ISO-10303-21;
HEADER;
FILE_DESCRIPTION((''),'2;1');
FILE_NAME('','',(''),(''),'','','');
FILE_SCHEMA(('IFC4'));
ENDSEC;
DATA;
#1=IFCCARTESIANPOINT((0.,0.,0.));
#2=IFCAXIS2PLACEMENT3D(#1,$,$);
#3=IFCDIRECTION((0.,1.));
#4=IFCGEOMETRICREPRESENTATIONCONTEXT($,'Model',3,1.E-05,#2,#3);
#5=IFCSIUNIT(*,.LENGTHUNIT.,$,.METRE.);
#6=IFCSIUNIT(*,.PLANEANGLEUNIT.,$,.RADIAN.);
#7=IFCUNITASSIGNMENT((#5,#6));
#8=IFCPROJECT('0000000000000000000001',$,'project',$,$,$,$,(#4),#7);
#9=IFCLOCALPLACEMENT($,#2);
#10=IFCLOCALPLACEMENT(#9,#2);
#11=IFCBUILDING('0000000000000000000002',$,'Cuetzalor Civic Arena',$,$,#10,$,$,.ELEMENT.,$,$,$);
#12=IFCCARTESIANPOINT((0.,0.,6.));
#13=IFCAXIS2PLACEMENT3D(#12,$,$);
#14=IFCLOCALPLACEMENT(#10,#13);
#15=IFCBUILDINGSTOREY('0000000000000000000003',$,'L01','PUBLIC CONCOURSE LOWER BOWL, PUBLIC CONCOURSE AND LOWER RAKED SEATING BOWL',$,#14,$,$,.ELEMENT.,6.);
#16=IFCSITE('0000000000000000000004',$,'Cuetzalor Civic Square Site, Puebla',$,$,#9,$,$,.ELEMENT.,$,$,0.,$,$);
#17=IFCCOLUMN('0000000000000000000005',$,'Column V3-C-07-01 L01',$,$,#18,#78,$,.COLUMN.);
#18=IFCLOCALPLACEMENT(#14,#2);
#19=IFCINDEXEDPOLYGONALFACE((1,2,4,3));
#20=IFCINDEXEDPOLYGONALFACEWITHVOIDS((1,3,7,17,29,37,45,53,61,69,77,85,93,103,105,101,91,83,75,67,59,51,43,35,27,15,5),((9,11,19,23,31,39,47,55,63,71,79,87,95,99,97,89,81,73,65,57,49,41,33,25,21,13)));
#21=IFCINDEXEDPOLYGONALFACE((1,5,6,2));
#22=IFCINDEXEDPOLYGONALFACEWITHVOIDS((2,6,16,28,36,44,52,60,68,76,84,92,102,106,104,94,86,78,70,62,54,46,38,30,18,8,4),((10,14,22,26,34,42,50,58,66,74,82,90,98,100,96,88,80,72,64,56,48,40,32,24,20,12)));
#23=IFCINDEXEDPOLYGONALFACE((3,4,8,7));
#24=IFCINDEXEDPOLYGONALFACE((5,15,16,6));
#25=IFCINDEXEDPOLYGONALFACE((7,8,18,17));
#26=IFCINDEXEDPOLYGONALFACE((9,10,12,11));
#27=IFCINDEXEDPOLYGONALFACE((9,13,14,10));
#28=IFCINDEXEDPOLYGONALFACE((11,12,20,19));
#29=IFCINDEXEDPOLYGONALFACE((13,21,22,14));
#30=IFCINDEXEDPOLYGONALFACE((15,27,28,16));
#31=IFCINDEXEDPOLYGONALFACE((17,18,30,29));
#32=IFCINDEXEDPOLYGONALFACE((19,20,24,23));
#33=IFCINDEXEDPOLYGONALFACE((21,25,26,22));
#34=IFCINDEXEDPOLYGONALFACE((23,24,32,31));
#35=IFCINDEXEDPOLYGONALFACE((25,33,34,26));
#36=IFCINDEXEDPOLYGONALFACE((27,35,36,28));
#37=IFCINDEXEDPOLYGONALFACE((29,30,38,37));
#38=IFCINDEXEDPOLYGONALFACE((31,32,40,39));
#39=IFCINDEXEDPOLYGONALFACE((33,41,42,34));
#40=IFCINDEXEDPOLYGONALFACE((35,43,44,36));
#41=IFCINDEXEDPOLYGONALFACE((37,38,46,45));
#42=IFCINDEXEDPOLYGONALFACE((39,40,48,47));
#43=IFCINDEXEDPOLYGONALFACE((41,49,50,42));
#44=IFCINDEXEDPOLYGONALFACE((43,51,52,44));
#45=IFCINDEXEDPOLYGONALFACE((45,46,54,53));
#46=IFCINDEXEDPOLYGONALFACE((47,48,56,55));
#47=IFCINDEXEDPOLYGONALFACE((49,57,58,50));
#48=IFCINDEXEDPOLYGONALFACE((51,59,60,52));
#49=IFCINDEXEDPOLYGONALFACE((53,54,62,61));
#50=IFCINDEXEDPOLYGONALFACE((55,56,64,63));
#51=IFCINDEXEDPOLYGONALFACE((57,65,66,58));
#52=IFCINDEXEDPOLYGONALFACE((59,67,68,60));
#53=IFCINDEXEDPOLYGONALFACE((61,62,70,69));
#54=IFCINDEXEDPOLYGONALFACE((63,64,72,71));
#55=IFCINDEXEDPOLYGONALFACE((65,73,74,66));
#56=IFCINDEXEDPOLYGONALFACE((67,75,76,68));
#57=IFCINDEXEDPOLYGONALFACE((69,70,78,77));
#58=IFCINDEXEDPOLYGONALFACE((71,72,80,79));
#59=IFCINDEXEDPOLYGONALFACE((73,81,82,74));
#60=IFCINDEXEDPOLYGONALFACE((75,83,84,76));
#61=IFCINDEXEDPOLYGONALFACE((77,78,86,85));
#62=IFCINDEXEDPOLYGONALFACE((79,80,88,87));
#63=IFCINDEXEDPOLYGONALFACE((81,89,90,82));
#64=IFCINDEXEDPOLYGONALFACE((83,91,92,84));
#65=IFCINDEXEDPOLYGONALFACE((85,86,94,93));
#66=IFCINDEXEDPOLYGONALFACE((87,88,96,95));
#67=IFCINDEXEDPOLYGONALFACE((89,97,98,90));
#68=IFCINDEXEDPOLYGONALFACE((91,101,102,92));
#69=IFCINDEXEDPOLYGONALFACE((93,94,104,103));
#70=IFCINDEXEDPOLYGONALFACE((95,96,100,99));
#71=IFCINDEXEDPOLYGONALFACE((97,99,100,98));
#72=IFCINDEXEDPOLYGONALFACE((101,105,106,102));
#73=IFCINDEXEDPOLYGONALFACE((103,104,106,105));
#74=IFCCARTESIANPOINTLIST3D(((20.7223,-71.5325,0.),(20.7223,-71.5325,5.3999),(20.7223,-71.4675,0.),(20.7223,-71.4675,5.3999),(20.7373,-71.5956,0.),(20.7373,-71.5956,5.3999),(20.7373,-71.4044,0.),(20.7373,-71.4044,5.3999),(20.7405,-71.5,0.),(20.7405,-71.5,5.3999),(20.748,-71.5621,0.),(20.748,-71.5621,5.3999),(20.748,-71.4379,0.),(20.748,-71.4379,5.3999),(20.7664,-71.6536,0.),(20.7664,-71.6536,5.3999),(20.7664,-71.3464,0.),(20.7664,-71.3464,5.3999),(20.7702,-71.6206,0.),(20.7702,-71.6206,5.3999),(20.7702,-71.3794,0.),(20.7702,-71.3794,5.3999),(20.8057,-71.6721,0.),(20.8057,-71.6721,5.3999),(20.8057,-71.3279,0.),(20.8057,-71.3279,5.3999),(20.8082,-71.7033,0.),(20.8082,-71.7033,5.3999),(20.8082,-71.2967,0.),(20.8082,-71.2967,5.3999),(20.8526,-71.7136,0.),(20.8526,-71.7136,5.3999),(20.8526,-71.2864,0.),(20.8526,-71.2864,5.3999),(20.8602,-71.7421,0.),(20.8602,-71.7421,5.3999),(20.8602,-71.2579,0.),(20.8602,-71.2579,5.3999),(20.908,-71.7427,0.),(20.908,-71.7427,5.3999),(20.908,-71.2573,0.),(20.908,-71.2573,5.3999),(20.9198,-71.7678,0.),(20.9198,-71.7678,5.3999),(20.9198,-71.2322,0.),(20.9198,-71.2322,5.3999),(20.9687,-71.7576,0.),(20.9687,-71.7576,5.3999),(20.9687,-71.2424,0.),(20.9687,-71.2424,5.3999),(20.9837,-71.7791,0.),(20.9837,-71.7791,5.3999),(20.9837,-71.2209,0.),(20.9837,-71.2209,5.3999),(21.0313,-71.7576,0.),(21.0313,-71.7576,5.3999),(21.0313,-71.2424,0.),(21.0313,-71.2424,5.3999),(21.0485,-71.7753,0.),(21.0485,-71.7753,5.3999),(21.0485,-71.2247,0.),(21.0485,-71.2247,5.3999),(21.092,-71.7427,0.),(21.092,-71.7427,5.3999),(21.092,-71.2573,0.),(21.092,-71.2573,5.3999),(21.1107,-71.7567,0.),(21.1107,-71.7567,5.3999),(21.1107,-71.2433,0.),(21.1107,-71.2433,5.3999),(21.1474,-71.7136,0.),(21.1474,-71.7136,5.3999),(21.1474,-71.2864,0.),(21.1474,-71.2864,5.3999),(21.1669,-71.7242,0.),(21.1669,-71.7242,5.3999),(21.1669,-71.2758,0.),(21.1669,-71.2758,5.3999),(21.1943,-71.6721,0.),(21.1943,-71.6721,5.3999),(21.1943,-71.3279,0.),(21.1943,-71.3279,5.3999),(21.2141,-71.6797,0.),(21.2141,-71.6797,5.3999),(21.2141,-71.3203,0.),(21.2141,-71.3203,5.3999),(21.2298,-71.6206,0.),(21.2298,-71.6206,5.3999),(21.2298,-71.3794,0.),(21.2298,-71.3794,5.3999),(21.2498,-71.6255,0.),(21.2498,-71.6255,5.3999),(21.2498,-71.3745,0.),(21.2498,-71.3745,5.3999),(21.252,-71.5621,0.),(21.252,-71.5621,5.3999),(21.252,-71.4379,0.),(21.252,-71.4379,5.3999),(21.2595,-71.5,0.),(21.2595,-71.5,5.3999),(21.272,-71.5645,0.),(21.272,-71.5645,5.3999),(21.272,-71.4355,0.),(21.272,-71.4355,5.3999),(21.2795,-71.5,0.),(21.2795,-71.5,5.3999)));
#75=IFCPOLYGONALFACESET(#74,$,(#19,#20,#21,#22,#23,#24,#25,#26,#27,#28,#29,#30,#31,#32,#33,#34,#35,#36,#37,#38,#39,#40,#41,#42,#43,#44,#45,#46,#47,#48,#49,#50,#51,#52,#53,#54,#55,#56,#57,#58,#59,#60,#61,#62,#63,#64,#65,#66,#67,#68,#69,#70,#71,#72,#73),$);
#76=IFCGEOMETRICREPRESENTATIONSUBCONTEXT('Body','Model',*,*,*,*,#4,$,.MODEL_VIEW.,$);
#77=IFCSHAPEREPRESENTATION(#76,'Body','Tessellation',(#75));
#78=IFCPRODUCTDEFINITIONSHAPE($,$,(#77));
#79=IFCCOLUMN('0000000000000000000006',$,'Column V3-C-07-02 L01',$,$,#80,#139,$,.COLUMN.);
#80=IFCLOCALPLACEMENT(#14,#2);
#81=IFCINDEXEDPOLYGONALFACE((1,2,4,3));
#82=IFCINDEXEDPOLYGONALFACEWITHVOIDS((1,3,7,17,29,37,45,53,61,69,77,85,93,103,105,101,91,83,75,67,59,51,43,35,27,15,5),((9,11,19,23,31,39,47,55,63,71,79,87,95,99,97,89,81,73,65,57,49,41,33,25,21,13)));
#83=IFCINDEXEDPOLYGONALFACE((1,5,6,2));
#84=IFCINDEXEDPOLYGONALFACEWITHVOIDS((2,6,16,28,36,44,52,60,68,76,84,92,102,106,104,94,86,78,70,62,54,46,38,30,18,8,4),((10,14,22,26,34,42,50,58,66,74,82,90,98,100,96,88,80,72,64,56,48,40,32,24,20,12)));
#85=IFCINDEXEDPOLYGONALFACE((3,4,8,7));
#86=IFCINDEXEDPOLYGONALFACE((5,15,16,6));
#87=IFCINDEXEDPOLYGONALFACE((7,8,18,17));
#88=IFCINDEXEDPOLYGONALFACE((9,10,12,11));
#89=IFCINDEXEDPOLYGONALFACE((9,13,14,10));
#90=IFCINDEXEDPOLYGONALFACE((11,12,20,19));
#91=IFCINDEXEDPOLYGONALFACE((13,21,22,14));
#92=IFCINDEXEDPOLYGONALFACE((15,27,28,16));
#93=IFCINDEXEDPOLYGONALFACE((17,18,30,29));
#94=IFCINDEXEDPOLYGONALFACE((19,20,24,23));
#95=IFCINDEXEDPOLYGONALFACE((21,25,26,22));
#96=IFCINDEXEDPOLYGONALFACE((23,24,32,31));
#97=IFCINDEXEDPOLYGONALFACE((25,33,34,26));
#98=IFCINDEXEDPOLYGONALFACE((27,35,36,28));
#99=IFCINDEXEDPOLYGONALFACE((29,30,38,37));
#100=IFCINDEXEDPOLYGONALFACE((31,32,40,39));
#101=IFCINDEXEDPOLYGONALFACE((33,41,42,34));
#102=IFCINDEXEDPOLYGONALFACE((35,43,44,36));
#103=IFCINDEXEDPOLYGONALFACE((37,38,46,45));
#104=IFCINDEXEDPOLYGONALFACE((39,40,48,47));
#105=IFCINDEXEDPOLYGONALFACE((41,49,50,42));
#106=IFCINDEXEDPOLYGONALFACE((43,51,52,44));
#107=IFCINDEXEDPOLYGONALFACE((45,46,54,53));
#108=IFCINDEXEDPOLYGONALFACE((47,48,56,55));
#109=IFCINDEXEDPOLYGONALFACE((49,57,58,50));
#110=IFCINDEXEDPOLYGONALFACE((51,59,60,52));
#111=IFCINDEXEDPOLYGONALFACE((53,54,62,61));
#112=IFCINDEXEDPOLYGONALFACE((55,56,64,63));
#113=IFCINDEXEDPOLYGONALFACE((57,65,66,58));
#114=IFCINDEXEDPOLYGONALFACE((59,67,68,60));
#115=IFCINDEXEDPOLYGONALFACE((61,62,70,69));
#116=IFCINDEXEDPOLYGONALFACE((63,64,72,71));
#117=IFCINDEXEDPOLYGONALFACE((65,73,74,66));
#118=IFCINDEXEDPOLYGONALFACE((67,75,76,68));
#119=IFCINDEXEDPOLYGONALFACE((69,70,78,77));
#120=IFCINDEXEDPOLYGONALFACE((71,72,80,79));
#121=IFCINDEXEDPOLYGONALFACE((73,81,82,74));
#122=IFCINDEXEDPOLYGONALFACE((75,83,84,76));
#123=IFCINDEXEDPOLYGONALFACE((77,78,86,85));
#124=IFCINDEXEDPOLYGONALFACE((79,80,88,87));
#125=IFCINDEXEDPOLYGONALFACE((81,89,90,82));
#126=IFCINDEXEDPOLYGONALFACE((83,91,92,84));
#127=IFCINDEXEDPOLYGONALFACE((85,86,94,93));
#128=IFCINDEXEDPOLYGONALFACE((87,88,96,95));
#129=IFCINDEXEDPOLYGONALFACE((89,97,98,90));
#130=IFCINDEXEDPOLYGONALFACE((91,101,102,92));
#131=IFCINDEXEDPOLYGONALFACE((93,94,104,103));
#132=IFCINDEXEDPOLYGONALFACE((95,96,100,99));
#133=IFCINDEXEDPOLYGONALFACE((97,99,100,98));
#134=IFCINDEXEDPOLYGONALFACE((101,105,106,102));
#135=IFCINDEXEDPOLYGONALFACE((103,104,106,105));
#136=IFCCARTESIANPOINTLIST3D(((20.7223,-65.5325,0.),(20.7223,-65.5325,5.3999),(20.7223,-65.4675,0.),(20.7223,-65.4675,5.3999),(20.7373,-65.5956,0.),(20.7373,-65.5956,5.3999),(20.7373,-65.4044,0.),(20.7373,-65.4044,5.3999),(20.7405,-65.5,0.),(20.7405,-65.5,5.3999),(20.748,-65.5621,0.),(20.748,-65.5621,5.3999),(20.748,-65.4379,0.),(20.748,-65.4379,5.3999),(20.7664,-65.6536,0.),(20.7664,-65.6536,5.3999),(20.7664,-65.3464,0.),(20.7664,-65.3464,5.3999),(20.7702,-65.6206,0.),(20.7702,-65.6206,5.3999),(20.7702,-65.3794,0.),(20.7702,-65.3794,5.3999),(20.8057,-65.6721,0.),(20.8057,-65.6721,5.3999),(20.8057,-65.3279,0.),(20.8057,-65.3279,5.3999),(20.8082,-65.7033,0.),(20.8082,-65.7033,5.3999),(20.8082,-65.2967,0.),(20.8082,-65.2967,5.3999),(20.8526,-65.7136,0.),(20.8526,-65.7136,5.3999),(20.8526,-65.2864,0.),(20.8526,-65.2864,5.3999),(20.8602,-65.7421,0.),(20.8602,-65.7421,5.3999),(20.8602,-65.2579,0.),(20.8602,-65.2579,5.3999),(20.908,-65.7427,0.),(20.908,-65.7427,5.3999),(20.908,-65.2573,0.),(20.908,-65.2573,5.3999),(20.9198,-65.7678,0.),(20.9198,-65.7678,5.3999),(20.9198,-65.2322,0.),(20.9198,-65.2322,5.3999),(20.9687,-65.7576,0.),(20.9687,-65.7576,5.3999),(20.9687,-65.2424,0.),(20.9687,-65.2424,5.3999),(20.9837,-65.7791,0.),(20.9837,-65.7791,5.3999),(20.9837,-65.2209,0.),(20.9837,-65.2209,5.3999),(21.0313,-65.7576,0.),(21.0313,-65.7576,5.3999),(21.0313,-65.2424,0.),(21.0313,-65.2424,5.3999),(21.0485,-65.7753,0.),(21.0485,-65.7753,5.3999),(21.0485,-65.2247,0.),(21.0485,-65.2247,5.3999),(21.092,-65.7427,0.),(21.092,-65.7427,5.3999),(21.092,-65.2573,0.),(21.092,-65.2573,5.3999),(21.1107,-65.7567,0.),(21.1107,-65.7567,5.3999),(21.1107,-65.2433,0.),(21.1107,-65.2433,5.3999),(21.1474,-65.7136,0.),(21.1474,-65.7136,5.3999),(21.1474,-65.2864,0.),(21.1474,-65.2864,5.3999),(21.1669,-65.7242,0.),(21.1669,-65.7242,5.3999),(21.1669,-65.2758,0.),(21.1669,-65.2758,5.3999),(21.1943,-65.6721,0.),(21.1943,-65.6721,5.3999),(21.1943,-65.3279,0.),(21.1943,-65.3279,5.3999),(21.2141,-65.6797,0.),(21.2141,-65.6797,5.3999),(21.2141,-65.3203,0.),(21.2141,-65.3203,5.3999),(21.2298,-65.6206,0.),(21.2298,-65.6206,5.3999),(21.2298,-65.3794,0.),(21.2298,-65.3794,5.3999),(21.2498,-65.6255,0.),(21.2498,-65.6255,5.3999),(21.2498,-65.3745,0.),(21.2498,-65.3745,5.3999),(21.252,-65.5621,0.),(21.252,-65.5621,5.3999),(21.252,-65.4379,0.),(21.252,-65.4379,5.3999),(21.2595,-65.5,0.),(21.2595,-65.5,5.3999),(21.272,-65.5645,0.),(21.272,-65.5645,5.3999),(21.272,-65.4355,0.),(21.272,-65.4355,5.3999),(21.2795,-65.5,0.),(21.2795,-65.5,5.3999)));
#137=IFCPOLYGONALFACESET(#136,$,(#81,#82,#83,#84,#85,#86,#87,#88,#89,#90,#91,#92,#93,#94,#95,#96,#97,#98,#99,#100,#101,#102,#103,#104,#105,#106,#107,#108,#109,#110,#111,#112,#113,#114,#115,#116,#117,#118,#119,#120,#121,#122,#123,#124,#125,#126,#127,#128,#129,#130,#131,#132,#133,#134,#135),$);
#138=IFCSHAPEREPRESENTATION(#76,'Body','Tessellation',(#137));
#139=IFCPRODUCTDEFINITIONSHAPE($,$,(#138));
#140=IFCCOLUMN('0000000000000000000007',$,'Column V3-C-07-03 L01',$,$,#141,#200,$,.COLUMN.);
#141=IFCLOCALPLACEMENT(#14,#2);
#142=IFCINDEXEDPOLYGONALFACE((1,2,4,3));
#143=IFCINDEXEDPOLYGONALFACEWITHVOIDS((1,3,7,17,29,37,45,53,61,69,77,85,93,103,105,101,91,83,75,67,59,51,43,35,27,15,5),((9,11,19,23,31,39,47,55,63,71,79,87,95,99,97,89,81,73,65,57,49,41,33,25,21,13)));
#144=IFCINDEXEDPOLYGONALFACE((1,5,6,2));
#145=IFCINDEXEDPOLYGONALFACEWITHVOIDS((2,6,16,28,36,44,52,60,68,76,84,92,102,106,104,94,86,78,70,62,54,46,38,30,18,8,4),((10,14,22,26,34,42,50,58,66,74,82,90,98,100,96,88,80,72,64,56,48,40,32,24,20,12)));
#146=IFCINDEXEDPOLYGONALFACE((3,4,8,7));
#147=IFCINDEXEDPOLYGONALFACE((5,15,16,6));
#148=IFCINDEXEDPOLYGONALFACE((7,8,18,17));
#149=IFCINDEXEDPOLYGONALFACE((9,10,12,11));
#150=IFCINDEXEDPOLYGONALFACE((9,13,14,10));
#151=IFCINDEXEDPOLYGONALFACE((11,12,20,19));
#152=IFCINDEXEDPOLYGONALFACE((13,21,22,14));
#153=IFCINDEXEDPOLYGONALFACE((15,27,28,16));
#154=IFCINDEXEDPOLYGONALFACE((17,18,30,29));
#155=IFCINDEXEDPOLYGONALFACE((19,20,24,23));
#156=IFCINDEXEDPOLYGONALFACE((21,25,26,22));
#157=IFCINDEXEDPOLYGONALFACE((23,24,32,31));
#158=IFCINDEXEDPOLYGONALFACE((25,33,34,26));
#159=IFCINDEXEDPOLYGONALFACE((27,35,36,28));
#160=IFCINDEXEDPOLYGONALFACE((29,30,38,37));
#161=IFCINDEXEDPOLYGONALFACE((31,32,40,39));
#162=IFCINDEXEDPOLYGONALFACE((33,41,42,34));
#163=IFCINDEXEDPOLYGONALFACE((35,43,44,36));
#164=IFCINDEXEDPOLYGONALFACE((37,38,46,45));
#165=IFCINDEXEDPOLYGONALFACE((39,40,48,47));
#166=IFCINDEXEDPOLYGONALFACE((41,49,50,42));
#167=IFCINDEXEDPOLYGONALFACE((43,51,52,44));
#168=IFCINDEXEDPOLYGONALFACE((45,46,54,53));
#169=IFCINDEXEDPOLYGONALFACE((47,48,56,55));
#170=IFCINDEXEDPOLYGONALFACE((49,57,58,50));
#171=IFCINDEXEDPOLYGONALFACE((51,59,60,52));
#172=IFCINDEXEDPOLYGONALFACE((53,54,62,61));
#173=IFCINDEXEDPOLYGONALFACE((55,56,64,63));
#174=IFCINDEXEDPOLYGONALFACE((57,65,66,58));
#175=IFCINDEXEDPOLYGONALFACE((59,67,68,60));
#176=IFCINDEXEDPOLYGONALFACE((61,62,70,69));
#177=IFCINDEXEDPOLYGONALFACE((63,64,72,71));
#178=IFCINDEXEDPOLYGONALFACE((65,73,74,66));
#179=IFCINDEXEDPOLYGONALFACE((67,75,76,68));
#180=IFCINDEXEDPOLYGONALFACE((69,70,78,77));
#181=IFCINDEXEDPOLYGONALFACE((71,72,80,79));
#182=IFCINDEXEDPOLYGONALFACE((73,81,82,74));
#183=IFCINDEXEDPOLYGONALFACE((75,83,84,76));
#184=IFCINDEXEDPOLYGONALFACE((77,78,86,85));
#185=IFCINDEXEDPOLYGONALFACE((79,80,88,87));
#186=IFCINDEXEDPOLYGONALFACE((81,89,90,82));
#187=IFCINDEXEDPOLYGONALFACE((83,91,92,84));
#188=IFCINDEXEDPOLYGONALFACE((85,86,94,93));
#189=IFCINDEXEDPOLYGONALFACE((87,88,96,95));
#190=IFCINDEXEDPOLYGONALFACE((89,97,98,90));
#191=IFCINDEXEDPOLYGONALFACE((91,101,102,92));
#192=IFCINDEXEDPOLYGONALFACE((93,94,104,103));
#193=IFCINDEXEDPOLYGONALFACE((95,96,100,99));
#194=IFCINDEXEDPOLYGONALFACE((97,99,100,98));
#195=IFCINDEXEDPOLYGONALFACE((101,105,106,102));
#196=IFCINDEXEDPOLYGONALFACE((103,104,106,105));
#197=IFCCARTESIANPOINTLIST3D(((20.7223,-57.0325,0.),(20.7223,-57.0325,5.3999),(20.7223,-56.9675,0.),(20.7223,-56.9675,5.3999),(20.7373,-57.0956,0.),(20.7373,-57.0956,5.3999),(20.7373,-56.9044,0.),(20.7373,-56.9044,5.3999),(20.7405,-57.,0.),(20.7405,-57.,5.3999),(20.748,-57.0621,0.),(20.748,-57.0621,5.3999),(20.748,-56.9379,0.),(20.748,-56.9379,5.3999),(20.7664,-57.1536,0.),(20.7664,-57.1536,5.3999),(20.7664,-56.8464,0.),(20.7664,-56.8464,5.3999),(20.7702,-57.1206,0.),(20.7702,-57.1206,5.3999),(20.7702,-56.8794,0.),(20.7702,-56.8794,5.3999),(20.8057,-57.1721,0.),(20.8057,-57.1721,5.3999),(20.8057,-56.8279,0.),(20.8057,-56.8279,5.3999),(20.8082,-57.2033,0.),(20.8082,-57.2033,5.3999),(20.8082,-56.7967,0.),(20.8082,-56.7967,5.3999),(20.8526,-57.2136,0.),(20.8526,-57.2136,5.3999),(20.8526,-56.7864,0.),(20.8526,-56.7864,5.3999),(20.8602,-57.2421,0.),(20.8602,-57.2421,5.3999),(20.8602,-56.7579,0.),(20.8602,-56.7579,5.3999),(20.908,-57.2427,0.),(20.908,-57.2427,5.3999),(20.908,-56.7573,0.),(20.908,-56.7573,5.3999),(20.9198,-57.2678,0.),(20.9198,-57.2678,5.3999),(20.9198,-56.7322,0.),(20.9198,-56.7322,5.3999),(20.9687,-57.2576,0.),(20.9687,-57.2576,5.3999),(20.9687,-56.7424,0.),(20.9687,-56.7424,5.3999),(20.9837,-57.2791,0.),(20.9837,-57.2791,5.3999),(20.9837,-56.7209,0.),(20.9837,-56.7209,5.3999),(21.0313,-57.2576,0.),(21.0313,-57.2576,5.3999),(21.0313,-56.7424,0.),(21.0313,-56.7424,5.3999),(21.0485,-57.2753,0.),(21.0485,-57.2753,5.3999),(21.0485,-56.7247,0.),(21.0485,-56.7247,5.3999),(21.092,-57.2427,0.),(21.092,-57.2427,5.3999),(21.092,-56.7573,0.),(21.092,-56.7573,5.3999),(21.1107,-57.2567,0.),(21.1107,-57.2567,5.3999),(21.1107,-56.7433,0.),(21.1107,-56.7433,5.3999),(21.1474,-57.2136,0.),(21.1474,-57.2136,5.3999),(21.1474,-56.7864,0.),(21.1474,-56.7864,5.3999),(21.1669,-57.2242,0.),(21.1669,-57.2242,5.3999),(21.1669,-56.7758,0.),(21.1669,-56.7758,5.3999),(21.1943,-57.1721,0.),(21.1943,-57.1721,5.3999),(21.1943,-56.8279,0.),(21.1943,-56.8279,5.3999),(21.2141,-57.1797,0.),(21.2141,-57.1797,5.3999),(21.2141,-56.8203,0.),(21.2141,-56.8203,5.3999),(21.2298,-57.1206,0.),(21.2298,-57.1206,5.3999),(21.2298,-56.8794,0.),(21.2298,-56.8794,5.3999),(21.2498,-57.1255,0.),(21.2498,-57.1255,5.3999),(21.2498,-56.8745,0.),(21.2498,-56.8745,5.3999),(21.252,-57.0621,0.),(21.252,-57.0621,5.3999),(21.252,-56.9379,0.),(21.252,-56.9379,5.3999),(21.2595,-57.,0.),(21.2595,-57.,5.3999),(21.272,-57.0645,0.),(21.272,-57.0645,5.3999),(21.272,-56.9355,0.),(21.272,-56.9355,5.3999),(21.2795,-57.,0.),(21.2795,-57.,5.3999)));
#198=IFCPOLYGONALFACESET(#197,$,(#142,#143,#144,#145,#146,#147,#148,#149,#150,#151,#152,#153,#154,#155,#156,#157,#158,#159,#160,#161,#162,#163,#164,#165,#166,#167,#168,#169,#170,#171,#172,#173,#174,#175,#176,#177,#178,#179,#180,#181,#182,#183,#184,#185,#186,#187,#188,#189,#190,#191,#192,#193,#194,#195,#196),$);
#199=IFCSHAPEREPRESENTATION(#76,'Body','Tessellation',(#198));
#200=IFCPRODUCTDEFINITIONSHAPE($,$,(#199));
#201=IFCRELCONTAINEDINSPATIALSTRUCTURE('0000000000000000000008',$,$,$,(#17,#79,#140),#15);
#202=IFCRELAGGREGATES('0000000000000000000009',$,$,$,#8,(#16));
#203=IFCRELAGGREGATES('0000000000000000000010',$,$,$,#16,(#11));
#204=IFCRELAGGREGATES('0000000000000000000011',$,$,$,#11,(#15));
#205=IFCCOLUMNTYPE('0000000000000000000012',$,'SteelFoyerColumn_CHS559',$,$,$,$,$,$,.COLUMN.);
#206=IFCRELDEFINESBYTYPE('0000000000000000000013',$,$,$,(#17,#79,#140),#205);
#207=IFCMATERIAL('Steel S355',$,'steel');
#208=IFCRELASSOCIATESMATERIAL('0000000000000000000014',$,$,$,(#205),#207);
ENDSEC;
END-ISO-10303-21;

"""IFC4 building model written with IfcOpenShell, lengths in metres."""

from ifc_helpers import new_model, si_unit, direction, frame, origin, origin_2d, place, context, subcontext, project, spatial, hollow_circle, extrude, material, material_profile, profile_set, type_object, element, save


model = new_model("IFC4")

# Units and contexts
model_context = context("Model", 3, precision=1e-05, world=origin(), true_north=direction((0.0, 1.0)))
body_context = subcontext(model_context, "Body", "Model", "MODEL_VIEW")
ifc_project = project(units=[si_unit("LENGTHUNIT", "METRE"), si_unit("PLANEANGLEUNIT", "RADIAN")], contexts=[model_context])

# Site, building, storey
site_placement = place(None, origin())
site = spatial("IfcSite", under=ifc_project, at=site_placement, Name="Cuetzalor Civic Square Site, Puebla", CompositionType="ELEMENT", RefElevation=0.0)
building_placement = place(site_placement, origin())
building = spatial("IfcBuilding", under=site, at=building_placement, Name="Cuetzalor Civic Arena", CompositionType="ELEMENT")
storey_placement = place(building_placement, frame((0.0, 0.0, 6.0)))
storey = spatial("IfcBuildingStorey", under=building, at=storey_placement, Name="L01", Description="PUBLIC CONCOURSE LOWER BOWL, PUBLIC CONCOURSE AND LOWER RAKED SEATING BOWL", CompositionType="ELEMENT", Elevation=6.0)

# Columns
ifc_material_1 = material(Name="Steel S355", Category="steel")
ifc_material_profile_1 = material_profile(ifc_material_1, hollow_circle(Radius=0.2795, WallThickness=0.02, at=origin_2d()), Name="CHS 559x20")
ifc_profile_set_1 = profile_set([ifc_material_profile_1], Name="Steel S355")
column_type = type_object("IfcColumnType", Name="SteelFoyerColumn_CHS559", PredefinedType="COLUMN", material=ifc_profile_set_1)
for number, where, z_axis, x_axis, name in (
    (1, (21.0, -71.5, 0.0), (0.0, 0.0, 1.0), (1.0, 0.0, 0.0), "Column V3-C-07-01 L01"),
    (2, (21.0, -65.5, 0.0), (0.0, 0.0, 1.0), (1.0, 0.0, 0.0), "Column V3-C-07-02 L01"),
    (3, (21.0, -57.0, 0.0), (0.0, 0.0, 1.0), (1.0, 0.0, 0.0), "Column V3-C-07-03 L01"),
):
    element("IfcColumn", number, at=place(storey_placement, frame(where, z_axis=z_axis, x_axis=x_axis)), inside=storey, type_object=column_type, Name=name, PredefinedType="COLUMN", context=body_context, shape_type="SweptSolid", body=[
        extrude(hollow_circle(Radius=0.2795, WallThickness=0.02, at=origin_2d()), origin(), (0.0, 0.0, 1.0), 5.3999),
    ])

save(model, "model.ifc")
